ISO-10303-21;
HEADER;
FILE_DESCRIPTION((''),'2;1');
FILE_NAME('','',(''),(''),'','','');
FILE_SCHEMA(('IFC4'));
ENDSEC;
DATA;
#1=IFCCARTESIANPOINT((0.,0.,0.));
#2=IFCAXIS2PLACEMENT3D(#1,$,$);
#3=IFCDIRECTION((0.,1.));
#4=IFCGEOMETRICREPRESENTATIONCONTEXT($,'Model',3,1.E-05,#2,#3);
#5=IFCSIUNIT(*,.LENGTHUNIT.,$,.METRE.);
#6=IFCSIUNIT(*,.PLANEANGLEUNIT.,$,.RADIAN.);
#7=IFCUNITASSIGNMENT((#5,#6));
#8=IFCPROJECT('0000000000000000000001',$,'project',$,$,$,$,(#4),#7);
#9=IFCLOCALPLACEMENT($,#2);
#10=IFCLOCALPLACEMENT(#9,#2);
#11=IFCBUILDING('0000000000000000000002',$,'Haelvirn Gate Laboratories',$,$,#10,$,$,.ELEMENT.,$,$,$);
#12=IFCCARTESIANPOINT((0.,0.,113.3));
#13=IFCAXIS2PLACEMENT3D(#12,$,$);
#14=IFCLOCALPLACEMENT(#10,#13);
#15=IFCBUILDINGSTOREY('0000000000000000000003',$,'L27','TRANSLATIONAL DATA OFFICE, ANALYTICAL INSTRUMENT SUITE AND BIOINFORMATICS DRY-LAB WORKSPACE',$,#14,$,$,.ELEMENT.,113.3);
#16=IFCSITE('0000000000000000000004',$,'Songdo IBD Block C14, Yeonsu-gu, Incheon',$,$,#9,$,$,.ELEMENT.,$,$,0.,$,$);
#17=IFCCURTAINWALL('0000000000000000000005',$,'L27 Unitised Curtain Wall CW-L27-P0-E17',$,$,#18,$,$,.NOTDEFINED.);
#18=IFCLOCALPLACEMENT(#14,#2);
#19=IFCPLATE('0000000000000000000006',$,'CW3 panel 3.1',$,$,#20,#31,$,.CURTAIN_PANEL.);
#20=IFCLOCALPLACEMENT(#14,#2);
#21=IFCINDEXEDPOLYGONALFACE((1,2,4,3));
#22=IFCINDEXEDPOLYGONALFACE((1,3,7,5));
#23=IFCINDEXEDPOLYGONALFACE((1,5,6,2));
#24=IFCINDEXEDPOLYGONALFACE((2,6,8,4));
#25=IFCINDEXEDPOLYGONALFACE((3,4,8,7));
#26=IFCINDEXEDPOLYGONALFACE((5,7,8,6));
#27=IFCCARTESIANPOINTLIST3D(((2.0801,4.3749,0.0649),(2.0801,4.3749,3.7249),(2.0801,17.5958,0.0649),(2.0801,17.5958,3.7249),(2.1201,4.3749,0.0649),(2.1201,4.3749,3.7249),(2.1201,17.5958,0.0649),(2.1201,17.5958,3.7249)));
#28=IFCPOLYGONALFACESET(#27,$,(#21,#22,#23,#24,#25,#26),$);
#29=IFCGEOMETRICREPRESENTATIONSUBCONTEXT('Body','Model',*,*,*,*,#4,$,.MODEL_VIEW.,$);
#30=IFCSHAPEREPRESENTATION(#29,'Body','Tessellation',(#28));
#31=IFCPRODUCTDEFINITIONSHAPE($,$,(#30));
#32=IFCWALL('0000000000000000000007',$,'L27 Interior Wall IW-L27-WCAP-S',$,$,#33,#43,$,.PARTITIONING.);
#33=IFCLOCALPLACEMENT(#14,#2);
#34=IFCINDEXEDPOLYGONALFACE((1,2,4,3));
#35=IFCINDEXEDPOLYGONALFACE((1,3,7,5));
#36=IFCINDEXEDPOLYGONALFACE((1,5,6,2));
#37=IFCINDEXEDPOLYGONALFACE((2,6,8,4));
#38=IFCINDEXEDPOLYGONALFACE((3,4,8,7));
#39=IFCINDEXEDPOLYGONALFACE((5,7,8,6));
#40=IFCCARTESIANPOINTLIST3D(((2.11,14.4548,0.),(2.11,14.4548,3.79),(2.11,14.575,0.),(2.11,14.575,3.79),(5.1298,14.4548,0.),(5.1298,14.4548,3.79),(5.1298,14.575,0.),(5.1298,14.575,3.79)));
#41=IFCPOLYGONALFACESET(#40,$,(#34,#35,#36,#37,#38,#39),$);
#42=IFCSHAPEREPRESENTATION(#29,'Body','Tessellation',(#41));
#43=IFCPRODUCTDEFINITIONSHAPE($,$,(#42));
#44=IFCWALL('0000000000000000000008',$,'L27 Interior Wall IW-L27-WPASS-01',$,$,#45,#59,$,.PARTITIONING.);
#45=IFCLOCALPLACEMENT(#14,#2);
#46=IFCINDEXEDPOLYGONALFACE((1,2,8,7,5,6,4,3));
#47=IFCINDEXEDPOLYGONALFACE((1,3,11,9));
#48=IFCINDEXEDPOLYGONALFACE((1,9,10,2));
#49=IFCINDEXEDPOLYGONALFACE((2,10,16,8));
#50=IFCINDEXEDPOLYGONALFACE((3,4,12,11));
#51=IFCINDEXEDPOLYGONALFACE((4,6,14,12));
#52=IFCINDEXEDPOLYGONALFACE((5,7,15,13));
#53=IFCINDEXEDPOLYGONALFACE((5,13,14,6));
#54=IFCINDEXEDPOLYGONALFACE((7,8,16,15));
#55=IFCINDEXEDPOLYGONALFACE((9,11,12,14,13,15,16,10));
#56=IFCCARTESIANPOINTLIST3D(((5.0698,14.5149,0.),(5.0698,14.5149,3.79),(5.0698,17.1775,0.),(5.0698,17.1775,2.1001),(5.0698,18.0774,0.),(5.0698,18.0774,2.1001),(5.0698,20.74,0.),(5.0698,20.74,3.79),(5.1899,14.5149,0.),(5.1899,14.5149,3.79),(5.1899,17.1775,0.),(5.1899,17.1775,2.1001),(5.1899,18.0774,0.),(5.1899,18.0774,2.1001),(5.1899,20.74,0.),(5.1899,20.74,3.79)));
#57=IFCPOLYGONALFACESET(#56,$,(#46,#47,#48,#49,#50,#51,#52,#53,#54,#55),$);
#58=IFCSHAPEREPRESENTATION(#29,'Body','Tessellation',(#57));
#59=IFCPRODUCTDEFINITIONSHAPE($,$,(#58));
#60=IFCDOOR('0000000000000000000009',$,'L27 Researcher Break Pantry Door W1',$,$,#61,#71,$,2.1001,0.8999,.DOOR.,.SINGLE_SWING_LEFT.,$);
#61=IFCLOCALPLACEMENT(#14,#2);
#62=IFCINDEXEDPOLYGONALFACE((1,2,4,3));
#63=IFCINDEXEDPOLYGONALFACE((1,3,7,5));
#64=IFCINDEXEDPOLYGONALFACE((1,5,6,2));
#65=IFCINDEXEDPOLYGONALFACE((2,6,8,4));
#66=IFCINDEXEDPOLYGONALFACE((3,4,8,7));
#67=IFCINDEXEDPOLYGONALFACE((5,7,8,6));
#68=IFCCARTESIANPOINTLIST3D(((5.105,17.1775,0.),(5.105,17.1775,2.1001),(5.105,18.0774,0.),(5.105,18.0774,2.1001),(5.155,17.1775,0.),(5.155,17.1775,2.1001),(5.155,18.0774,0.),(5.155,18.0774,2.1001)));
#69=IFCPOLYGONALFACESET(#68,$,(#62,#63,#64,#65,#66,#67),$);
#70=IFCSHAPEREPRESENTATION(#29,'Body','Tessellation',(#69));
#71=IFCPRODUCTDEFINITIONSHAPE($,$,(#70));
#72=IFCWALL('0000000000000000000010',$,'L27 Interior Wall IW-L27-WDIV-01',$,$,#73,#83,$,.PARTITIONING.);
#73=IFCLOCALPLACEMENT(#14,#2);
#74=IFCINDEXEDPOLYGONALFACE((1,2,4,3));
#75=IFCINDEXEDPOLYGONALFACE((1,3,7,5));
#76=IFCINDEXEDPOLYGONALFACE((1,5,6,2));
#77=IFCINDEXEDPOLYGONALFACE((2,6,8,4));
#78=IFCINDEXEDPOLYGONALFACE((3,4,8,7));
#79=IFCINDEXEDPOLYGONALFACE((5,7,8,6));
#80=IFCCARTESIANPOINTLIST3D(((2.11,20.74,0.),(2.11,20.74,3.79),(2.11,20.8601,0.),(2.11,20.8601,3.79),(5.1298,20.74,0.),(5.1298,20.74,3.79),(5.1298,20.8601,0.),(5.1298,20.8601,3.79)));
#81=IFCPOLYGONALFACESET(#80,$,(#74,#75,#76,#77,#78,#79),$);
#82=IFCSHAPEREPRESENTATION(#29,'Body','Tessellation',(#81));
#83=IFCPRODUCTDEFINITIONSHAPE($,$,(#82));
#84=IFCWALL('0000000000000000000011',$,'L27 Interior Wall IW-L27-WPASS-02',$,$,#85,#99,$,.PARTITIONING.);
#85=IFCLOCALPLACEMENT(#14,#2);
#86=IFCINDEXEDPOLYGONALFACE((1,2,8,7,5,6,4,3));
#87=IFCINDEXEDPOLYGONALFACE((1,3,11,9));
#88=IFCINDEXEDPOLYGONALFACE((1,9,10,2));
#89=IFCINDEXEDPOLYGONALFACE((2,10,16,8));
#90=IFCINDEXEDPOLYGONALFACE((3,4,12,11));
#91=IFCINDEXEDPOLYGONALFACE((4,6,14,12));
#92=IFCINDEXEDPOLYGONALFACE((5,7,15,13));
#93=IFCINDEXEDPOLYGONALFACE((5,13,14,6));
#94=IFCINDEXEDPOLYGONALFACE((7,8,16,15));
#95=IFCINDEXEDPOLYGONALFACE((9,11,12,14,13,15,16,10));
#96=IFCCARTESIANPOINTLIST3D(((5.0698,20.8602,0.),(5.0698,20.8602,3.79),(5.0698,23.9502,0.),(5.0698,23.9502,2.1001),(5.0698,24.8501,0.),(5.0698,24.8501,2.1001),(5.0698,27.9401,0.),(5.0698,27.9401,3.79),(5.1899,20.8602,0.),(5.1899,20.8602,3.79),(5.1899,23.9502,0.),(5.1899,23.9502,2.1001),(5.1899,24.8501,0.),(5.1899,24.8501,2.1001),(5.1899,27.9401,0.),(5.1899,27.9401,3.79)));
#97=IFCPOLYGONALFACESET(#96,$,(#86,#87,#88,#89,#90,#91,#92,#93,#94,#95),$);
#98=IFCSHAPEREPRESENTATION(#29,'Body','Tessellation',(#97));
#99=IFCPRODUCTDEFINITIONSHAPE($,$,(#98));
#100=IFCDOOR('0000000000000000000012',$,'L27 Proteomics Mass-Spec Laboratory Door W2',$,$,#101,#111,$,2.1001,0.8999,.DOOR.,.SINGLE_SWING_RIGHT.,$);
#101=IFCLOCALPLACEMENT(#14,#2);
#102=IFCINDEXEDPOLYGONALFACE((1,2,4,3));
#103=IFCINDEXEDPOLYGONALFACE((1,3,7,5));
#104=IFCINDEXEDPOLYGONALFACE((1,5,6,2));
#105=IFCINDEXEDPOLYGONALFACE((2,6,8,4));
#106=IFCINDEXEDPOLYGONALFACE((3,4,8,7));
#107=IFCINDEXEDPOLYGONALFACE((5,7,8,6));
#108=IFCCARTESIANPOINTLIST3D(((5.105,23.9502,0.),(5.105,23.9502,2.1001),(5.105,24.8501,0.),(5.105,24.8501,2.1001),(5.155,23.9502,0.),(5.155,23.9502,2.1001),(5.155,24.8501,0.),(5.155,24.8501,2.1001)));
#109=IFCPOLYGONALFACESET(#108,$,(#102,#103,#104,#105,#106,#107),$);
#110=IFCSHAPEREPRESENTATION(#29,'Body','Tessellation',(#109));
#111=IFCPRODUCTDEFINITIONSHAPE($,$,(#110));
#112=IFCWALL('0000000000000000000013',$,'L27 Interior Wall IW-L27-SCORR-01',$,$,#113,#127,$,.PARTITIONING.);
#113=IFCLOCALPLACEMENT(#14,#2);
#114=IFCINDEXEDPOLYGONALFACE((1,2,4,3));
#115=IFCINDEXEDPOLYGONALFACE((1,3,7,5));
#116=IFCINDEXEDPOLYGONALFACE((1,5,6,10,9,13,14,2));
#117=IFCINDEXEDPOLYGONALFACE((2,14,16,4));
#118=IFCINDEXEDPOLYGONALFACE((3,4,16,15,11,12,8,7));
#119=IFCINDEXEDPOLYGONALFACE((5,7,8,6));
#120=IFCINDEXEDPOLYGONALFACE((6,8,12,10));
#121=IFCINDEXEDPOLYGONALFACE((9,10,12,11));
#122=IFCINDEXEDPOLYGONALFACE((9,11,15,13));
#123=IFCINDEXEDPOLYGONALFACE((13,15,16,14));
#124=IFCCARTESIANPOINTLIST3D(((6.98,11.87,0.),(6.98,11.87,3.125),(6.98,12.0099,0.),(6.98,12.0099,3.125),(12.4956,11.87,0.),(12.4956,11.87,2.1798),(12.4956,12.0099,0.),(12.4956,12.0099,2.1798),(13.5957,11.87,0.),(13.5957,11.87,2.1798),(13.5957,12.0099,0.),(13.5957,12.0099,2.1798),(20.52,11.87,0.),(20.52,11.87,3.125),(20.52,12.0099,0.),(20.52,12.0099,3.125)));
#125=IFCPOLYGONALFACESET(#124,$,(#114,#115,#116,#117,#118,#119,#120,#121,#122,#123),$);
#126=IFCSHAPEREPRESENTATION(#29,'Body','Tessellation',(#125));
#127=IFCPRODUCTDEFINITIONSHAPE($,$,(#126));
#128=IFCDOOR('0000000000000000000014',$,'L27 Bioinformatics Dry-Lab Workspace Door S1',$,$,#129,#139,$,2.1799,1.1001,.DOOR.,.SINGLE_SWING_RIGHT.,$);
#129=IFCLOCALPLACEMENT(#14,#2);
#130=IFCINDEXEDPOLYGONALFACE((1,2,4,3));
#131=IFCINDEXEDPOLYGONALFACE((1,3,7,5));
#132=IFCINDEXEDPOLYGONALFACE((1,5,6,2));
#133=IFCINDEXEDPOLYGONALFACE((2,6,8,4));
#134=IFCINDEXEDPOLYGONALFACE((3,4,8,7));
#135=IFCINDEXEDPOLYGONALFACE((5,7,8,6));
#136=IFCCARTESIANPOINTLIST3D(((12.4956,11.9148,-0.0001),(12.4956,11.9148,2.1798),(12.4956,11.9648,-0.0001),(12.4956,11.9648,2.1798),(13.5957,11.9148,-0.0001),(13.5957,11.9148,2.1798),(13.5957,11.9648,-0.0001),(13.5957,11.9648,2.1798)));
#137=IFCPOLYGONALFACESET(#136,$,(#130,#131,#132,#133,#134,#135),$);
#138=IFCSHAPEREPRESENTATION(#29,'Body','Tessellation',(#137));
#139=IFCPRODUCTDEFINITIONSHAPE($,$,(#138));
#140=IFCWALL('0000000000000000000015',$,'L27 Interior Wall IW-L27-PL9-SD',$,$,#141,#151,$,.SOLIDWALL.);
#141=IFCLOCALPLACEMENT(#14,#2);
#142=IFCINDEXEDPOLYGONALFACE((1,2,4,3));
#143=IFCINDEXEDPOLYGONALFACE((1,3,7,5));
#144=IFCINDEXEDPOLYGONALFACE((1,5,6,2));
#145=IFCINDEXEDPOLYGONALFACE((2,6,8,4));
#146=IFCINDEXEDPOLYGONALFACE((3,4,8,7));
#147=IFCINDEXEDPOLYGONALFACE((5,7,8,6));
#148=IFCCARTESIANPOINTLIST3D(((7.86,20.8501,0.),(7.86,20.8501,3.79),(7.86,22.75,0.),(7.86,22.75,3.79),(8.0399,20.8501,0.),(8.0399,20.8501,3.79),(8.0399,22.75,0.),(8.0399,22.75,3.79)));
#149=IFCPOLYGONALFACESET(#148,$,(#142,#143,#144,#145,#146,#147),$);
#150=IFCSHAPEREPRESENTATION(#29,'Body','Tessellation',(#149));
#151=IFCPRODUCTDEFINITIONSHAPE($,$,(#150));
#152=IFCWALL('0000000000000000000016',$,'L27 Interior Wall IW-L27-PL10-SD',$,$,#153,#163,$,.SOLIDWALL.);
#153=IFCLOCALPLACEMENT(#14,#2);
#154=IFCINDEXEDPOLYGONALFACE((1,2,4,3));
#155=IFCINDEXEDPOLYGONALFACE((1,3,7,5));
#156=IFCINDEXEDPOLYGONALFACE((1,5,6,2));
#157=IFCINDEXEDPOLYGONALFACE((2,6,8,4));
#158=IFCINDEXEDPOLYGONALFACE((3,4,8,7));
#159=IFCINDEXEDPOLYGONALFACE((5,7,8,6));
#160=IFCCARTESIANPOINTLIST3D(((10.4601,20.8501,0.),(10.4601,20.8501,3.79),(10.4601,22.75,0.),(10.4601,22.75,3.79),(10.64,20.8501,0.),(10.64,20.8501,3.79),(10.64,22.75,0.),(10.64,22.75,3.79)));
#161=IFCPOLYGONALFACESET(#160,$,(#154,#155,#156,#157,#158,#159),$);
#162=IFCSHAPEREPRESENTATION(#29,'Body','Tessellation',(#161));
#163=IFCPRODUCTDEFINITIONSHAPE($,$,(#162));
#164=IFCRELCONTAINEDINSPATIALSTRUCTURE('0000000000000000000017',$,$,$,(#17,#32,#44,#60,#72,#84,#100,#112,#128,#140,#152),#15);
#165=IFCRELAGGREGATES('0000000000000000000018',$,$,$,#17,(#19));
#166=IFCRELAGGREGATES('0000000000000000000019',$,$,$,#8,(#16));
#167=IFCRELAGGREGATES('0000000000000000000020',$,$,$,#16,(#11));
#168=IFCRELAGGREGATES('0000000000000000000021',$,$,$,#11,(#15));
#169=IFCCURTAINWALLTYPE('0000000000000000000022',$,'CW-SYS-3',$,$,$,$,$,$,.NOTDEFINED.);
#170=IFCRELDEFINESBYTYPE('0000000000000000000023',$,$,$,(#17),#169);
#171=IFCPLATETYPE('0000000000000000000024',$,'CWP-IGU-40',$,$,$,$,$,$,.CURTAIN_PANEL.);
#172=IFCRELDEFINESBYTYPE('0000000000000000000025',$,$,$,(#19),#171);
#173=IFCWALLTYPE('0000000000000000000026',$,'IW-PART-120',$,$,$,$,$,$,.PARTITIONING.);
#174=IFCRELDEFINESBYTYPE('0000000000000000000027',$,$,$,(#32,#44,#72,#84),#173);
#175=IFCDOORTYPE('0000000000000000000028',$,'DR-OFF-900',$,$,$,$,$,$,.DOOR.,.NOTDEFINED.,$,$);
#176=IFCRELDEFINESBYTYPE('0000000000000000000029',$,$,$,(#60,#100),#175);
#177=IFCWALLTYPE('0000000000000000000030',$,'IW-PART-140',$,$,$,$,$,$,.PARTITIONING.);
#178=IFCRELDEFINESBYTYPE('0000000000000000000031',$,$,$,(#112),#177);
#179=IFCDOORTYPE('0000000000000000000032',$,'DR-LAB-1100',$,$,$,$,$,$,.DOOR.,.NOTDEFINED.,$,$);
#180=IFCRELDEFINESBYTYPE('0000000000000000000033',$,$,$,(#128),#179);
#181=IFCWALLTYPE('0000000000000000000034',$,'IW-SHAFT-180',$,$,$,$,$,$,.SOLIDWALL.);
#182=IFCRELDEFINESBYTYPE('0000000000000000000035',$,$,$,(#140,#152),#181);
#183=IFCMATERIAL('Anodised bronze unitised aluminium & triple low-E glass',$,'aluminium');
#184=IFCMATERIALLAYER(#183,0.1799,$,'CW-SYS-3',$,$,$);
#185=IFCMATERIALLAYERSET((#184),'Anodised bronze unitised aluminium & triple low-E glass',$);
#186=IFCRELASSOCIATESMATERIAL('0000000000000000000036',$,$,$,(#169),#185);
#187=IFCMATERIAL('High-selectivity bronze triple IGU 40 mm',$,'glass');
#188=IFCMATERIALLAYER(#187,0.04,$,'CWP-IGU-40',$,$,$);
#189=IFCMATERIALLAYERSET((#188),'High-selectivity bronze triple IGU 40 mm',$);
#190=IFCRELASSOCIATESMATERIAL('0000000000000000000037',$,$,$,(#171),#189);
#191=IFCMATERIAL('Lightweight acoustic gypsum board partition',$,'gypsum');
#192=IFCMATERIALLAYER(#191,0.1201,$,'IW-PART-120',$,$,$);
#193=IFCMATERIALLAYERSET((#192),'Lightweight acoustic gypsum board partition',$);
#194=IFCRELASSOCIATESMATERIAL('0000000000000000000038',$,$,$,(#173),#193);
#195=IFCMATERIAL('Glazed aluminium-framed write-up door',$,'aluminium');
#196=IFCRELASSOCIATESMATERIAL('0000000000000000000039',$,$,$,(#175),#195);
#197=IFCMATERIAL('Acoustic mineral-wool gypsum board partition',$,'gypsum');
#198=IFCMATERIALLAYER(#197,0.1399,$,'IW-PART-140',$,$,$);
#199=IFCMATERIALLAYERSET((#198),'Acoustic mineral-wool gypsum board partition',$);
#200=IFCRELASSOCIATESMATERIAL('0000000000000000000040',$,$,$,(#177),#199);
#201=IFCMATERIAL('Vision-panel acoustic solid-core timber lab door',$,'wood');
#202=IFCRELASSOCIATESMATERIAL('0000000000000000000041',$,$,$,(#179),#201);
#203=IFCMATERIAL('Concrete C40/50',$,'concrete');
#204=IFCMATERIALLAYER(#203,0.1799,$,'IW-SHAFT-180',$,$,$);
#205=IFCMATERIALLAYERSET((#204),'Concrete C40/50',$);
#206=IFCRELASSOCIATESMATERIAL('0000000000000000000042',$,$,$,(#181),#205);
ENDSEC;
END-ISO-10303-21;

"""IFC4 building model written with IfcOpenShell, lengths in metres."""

from ifc_helpers import new_model, si_unit, direction, frame, frame_2d, origin, origin_2d, place, context, subcontext, project, spatial, rectangle, extrude, source, transform, mapped, material, layer, layer_set, type_object, type_shapes, element, fill, aggregate, save


model = new_model("IFC4")

# Units and contexts
model_context = context("Model", 3, precision=1e-05, world=origin(), true_north=direction((0.0, 1.0)))
body_context = subcontext(model_context, "Body", "Model", "MODEL_VIEW")
ifc_project = project(units=[si_unit("LENGTHUNIT", "METRE"), si_unit("PLANEANGLEUNIT", "RADIAN")], contexts=[model_context])

# Site, building, storey
site_placement = place(None, origin())
site = spatial("IfcSite", under=ifc_project, at=site_placement, Name="Songdo IBD Block C14, Yeonsu-gu, Incheon", CompositionType="ELEMENT", RefElevation=0.0)
building_placement = place(site_placement, origin())
building = spatial("IfcBuilding", under=site, at=building_placement, Name="Haelvirn Gate Laboratories", CompositionType="ELEMENT")
storey_placement = place(building_placement, frame((0.0, 0.0, 113.3)))
storey = spatial("IfcBuildingStorey", under=building, at=storey_placement, Name="L27", Description="TRANSLATIONAL DATA OFFICE, ANALYTICAL INSTRUMENT SUITE AND BIOINFORMATICS DRY-LAB WORKSPACE", CompositionType="ELEMENT", Elevation=113.3)

# Curtain wall
ifc_material_1 = material(Name="Anodised bronze unitised aluminium & triple low-E glass", Category="aluminium")
ifc_layer_1 = layer(ifc_material_1, 0.1799, Name="CW-SYS-3")
ifc_layer_set_1 = layer_set([ifc_layer_1], Name="Anodised bronze unitised aluminium & triple low-E glass")
curtain_wall_type_1 = type_object("IfcCurtainWallType", Name="CW-SYS-3", PredefinedType="NOTDEFINED", material=ifc_layer_set_1)
curtain_wall_1_placement = place(storey_placement, origin())
curtain_wall_1 = element("IfcCurtainWall", 1, at=curtain_wall_1_placement, inside=storey, type_object=curtain_wall_type_1, Name="L27 Unitised Curtain Wall CW-L27-P0-E17", PredefinedType="NOTDEFINED")

# Plate
ifc_material_2 = material(Name="High-selectivity bronze triple IGU 40 mm", Category="glass")
ifc_layer_2 = layer(ifc_material_2, 0.04, Name="CWP-IGU-40")
ifc_layer_set_2 = layer_set([ifc_layer_2], Name="High-selectivity bronze triple IGU 40 mm")
plate_type = type_object("IfcPlateType", Name="CWP-IGU-40", PredefinedType="CURTAIN_PANEL", material=ifc_layer_set_2)
shared_shape_1 = source(origin(), body_context, "Body", "SweptSolid", [
    extrude(rectangle(XDim=13.2209, YDim=0.04, at=origin_2d()), origin(), (0.0, 0.0, 1.0), 3.6599),
])
type_shapes(plate_type, [shared_shape_1])
plate_placement = place(storey_placement, frame((2.1001, 10.9854, 0.0649), z_axis=(0.0, 0.0, 1.0), x_axis=(0.0, -1.0, 0.0)))
plate = element("IfcPlate", 2, at=plate_placement, type_object=plate_type, Name="CW3 panel 3.1", PredefinedType="CURTAIN_PANEL", context=body_context, shape_type="MappedRepresentation", body=[
    mapped(shared_shape_1, transform((0.0, 0.0, 0.0), scale=1.0)),
])
aggregate(curtain_wall_1, [plate])

# Wall
ifc_material_3 = material(Name="Lightweight acoustic gypsum board partition", Category="gypsum")
ifc_layer_3 = layer(ifc_material_3, 0.1201, Name="IW-PART-120")
ifc_layer_set_3 = layer_set([ifc_layer_3], Name="Lightweight acoustic gypsum board partition")
wall_type_1 = type_object("IfcWallType", Name="IW-PART-120", PredefinedType="PARTITIONING", material=ifc_layer_set_3)
wall_1_placement = place(storey_placement, frame((2.1101, 14.5149, 0.0), z_axis=(0.0, 0.0, 1.0), x_axis=(1.0, 0.0, 0.0)))
element("IfcWall", 3, at=wall_1_placement, inside=storey, type_object=wall_type_1, Name="L27 Interior Wall IW-L27-WCAP-S", PredefinedType="PARTITIONING", context=body_context, shape_type="SweptSolid", body=[
    extrude(rectangle(XDim=3.0198, YDim=0.1201, at=frame_2d((1.5098, 0.0))), origin(), (0.0, 0.0, 1.0), 3.79),
])

# Wall, opening, door
wall_2_placement = place(storey_placement, frame((5.1299, 14.5149, 0.0), z_axis=(0.0, 0.0, 1.0), x_axis=(0.0, 1.0, 0.0)))
wall_2 = element("IfcWall", 4, at=wall_2_placement, inside=storey, type_object=wall_type_1, Name="L27 Interior Wall IW-L27-WPASS-01", PredefinedType="PARTITIONING", context=body_context, shape_type="SweptSolid", body=[
    extrude(rectangle(XDim=6.2251, YDim=0.1201, at=frame_2d((3.1125, 0.0))), origin(), (0.0, 0.0, 1.0), 3.79),
])
opening_1_placement = place(wall_2_placement, frame((2.6626, 0.0, 0.0)))
opening_1 = element("IfcOpeningElement", 5, at=opening_1_placement, cuts=wall_2, PredefinedType="OPENING", context=body_context, shape_type="SweptSolid", body=[
    extrude(rectangle(XDim=0.8999, YDim=2.1001, at=frame_2d((0.45, 1.05))), frame((0.0, 0.0701, 0.0), z_axis=(0.0, -1.0, 0.0), x_axis=(1.0, 0.0, 0.0)), (0.0, 0.0, 1.0), 0.1401),
])
ifc_material_4 = material(Name="Glazed aluminium-framed write-up door", Category="aluminium")
door_type_1 = type_object("IfcDoorType", Name="DR-OFF-900", OperationType="NOTDEFINED", PredefinedType="DOOR", material=ifc_material_4)
shared_shape_2 = source(origin(), body_context, "Body", "SweptSolid", [
    extrude(rectangle(XDim=0.8999, YDim=2.1001, at=frame_2d((0.45, 1.05))), frame((0.0, 0.0249, 0.0), z_axis=(0.0, -1.0, 0.0), x_axis=(1.0, 0.0, 0.0)), (0.0, 0.0, 1.0), 0.05),
])
type_shapes(door_type_1, [shared_shape_2])
door_1_placement = place(opening_1_placement, origin())
door_1 = element("IfcDoor", 6, at=door_1_placement, inside=storey, type_object=door_type_1, Name="L27 Researcher Break Pantry Door W1", OperationType="SINGLE_SWING_LEFT", OverallHeight=2.1001, OverallWidth=0.8999, PredefinedType="DOOR", context=body_context, shape_type="MappedRepresentation", body=[
    mapped(shared_shape_2, transform((0.0, 0.0, 0.0), scale=1.0)),
])
fill(opening_1, door_1)

# Wall
wall_3_placement = place(storey_placement, frame((2.1101, 20.8, 0.0), z_axis=(0.0, 0.0, 1.0), x_axis=(1.0, 0.0, 0.0)))
element("IfcWall", 7, at=wall_3_placement, inside=storey, type_object=wall_type_1, Name="L27 Interior Wall IW-L27-WDIV-01", PredefinedType="PARTITIONING", context=body_context, shape_type="SweptSolid", body=[
    extrude(rectangle(XDim=3.0198, YDim=0.1201, at=frame_2d((1.5098, 0.0))), origin(), (0.0, 0.0, 1.0), 3.79),
])

# Walls, openings, doors
wall_4_placement = place(storey_placement, frame((5.1299, 20.8601, 0.0), z_axis=(0.0, 0.0, 1.0), x_axis=(0.0, 1.0, 0.0)))
wall_4 = element("IfcWall", 8, at=wall_4_placement, inside=storey, type_object=wall_type_1, Name="L27 Interior Wall IW-L27-WPASS-02", PredefinedType="PARTITIONING", context=body_context, shape_type="SweptSolid", body=[
    extrude(rectangle(XDim=7.0798, YDim=0.1201, at=frame_2d((3.54, 0.0))), origin(), (0.0, 0.0, 1.0), 3.79),
])
opening_2_placement = place(wall_4_placement, frame((3.0901, 0.0, 0.0)))
opening_2 = element("IfcOpeningElement", 9, at=opening_2_placement, cuts=wall_4, PredefinedType="OPENING", context=body_context, shape_type="SweptSolid", body=[
    extrude(rectangle(XDim=0.8999, YDim=2.1001, at=frame_2d((0.45, 1.05))), frame((0.0, 0.0701, 0.0), z_axis=(0.0, -1.0, 0.0), x_axis=(1.0, 0.0, 0.0)), (0.0, 0.0, 1.0), 0.1401),
])
door_2_placement = place(opening_2_placement, origin())
door_2 = element("IfcDoor", 10, at=door_2_placement, inside=storey, type_object=door_type_1, Name="L27 Proteomics Mass-Spec Laboratory Door W2", OperationType="SINGLE_SWING_RIGHT", OverallHeight=2.1001, OverallWidth=0.8999, PredefinedType="DOOR", context=body_context, shape_type="MappedRepresentation", body=[
    mapped(shared_shape_2, transform((0.0, 0.0, 0.0), scale=1.0)),
])
fill(opening_2, door_2)
ifc_material_5 = material(Name="Acoustic mineral-wool gypsum board partition", Category="gypsum")
ifc_layer_4 = layer(ifc_material_5, 0.1399, Name="IW-PART-140")
ifc_layer_set_4 = layer_set([ifc_layer_4], Name="Acoustic mineral-wool gypsum board partition")
wall_type_2 = type_object("IfcWallType", Name="IW-PART-140", PredefinedType="PARTITIONING", material=ifc_layer_set_4)
wall_5_placement = place(storey_placement, frame((6.98, 11.9399, 0.0), z_axis=(0.0, 0.0, 1.0), x_axis=(1.0, 0.0, 0.0)))
wall_5 = element("IfcWall", 11, at=wall_5_placement, inside=storey, type_object=wall_type_2, Name="L27 Interior Wall IW-L27-SCORR-01", PredefinedType="PARTITIONING", context=body_context, shape_type="SweptSolid", body=[
    extrude(rectangle(XDim=13.54, YDim=0.1399, at=frame_2d((6.77, 0.0))), origin(), (0.0, 0.0, 1.0), 3.125),
])
opening_3_placement = place(wall_5_placement, frame((5.5156, 0.0, 0.0)))
opening_3 = element("IfcOpeningElement", 12, at=opening_3_placement, cuts=wall_5, PredefinedType="OPENING", context=body_context, shape_type="SweptSolid", body=[
    extrude(rectangle(XDim=1.1001, YDim=2.1799, at=frame_2d((0.55, 1.0898))), frame((0.0, 0.0801, 0.0), z_axis=(0.0, -1.0, 0.0), x_axis=(1.0, 0.0, 0.0)), (0.0, 0.0, 1.0), 0.1599),
])
ifc_material_6 = material(Name="Vision-panel acoustic solid-core timber lab door", Category="wood")
door_type_2 = type_object("IfcDoorType", Name="DR-LAB-1100", OperationType="NOTDEFINED", PredefinedType="DOOR", material=ifc_material_6)
shared_shape_3 = source(origin(), body_context, "Body", "SweptSolid", [
    extrude(rectangle(XDim=1.1001, YDim=2.1799, at=frame_2d((0.55, 1.0898))), frame((0.0, 0.0249, 0.0), z_axis=(0.0, -1.0, 0.0), x_axis=(1.0, 0.0, 0.0)), (0.0, 0.0, 1.0), 0.05),
])
type_shapes(door_type_2, [shared_shape_3])
door_3_placement = place(opening_3_placement, origin())
door_3 = element("IfcDoor", 13, at=door_3_placement, inside=storey, type_object=door_type_2, Name="L27 Bioinformatics Dry-Lab Workspace Door S1", OperationType="SINGLE_SWING_RIGHT", OverallHeight=2.1799, OverallWidth=1.1001, PredefinedType="DOOR", context=body_context, shape_type="MappedRepresentation", body=[
    mapped(shared_shape_3, transform((0.0, 0.0, 0.0), scale=1.0)),
])
fill(opening_3, door_3)

# Walls
ifc_material_7 = material(Name="Concrete C40/50", Category="concrete")
ifc_layer_5 = layer(ifc_material_7, 0.1799, Name="IW-SHAFT-180")
ifc_layer_set_5 = layer_set([ifc_layer_5], Name="Concrete C40/50")
wall_type_3 = type_object("IfcWallType", Name="IW-SHAFT-180", PredefinedType="SOLIDWALL", material=ifc_layer_set_5)
for number, where, z_axis, x_axis, name in (
    (14, (7.95, 20.8501, 0.0), (0.0, 0.0, 1.0), (0.0, 1.0, 0.0), "L27 Interior Wall IW-L27-PL9-SD"),
    (15, (10.55, 20.8501, 0.0), (0.0, 0.0, 1.0), (0.0, 1.0, 0.0), "L27 Interior Wall IW-L27-PL10-SD"),
):
    element("IfcWall", number, at=place(storey_placement, frame(where, z_axis=z_axis, x_axis=x_axis)), inside=storey, type_object=wall_type_3, Name=name, PredefinedType="SOLIDWALL", context=body_context, shape_type="SweptSolid", body=[
        extrude(rectangle(XDim=1.8999, YDim=0.1799, at=frame_2d((0.95, 0.0))), origin(), (0.0, 0.0, 1.0), 3.79),
    ])

save(model, "model.ifc")
